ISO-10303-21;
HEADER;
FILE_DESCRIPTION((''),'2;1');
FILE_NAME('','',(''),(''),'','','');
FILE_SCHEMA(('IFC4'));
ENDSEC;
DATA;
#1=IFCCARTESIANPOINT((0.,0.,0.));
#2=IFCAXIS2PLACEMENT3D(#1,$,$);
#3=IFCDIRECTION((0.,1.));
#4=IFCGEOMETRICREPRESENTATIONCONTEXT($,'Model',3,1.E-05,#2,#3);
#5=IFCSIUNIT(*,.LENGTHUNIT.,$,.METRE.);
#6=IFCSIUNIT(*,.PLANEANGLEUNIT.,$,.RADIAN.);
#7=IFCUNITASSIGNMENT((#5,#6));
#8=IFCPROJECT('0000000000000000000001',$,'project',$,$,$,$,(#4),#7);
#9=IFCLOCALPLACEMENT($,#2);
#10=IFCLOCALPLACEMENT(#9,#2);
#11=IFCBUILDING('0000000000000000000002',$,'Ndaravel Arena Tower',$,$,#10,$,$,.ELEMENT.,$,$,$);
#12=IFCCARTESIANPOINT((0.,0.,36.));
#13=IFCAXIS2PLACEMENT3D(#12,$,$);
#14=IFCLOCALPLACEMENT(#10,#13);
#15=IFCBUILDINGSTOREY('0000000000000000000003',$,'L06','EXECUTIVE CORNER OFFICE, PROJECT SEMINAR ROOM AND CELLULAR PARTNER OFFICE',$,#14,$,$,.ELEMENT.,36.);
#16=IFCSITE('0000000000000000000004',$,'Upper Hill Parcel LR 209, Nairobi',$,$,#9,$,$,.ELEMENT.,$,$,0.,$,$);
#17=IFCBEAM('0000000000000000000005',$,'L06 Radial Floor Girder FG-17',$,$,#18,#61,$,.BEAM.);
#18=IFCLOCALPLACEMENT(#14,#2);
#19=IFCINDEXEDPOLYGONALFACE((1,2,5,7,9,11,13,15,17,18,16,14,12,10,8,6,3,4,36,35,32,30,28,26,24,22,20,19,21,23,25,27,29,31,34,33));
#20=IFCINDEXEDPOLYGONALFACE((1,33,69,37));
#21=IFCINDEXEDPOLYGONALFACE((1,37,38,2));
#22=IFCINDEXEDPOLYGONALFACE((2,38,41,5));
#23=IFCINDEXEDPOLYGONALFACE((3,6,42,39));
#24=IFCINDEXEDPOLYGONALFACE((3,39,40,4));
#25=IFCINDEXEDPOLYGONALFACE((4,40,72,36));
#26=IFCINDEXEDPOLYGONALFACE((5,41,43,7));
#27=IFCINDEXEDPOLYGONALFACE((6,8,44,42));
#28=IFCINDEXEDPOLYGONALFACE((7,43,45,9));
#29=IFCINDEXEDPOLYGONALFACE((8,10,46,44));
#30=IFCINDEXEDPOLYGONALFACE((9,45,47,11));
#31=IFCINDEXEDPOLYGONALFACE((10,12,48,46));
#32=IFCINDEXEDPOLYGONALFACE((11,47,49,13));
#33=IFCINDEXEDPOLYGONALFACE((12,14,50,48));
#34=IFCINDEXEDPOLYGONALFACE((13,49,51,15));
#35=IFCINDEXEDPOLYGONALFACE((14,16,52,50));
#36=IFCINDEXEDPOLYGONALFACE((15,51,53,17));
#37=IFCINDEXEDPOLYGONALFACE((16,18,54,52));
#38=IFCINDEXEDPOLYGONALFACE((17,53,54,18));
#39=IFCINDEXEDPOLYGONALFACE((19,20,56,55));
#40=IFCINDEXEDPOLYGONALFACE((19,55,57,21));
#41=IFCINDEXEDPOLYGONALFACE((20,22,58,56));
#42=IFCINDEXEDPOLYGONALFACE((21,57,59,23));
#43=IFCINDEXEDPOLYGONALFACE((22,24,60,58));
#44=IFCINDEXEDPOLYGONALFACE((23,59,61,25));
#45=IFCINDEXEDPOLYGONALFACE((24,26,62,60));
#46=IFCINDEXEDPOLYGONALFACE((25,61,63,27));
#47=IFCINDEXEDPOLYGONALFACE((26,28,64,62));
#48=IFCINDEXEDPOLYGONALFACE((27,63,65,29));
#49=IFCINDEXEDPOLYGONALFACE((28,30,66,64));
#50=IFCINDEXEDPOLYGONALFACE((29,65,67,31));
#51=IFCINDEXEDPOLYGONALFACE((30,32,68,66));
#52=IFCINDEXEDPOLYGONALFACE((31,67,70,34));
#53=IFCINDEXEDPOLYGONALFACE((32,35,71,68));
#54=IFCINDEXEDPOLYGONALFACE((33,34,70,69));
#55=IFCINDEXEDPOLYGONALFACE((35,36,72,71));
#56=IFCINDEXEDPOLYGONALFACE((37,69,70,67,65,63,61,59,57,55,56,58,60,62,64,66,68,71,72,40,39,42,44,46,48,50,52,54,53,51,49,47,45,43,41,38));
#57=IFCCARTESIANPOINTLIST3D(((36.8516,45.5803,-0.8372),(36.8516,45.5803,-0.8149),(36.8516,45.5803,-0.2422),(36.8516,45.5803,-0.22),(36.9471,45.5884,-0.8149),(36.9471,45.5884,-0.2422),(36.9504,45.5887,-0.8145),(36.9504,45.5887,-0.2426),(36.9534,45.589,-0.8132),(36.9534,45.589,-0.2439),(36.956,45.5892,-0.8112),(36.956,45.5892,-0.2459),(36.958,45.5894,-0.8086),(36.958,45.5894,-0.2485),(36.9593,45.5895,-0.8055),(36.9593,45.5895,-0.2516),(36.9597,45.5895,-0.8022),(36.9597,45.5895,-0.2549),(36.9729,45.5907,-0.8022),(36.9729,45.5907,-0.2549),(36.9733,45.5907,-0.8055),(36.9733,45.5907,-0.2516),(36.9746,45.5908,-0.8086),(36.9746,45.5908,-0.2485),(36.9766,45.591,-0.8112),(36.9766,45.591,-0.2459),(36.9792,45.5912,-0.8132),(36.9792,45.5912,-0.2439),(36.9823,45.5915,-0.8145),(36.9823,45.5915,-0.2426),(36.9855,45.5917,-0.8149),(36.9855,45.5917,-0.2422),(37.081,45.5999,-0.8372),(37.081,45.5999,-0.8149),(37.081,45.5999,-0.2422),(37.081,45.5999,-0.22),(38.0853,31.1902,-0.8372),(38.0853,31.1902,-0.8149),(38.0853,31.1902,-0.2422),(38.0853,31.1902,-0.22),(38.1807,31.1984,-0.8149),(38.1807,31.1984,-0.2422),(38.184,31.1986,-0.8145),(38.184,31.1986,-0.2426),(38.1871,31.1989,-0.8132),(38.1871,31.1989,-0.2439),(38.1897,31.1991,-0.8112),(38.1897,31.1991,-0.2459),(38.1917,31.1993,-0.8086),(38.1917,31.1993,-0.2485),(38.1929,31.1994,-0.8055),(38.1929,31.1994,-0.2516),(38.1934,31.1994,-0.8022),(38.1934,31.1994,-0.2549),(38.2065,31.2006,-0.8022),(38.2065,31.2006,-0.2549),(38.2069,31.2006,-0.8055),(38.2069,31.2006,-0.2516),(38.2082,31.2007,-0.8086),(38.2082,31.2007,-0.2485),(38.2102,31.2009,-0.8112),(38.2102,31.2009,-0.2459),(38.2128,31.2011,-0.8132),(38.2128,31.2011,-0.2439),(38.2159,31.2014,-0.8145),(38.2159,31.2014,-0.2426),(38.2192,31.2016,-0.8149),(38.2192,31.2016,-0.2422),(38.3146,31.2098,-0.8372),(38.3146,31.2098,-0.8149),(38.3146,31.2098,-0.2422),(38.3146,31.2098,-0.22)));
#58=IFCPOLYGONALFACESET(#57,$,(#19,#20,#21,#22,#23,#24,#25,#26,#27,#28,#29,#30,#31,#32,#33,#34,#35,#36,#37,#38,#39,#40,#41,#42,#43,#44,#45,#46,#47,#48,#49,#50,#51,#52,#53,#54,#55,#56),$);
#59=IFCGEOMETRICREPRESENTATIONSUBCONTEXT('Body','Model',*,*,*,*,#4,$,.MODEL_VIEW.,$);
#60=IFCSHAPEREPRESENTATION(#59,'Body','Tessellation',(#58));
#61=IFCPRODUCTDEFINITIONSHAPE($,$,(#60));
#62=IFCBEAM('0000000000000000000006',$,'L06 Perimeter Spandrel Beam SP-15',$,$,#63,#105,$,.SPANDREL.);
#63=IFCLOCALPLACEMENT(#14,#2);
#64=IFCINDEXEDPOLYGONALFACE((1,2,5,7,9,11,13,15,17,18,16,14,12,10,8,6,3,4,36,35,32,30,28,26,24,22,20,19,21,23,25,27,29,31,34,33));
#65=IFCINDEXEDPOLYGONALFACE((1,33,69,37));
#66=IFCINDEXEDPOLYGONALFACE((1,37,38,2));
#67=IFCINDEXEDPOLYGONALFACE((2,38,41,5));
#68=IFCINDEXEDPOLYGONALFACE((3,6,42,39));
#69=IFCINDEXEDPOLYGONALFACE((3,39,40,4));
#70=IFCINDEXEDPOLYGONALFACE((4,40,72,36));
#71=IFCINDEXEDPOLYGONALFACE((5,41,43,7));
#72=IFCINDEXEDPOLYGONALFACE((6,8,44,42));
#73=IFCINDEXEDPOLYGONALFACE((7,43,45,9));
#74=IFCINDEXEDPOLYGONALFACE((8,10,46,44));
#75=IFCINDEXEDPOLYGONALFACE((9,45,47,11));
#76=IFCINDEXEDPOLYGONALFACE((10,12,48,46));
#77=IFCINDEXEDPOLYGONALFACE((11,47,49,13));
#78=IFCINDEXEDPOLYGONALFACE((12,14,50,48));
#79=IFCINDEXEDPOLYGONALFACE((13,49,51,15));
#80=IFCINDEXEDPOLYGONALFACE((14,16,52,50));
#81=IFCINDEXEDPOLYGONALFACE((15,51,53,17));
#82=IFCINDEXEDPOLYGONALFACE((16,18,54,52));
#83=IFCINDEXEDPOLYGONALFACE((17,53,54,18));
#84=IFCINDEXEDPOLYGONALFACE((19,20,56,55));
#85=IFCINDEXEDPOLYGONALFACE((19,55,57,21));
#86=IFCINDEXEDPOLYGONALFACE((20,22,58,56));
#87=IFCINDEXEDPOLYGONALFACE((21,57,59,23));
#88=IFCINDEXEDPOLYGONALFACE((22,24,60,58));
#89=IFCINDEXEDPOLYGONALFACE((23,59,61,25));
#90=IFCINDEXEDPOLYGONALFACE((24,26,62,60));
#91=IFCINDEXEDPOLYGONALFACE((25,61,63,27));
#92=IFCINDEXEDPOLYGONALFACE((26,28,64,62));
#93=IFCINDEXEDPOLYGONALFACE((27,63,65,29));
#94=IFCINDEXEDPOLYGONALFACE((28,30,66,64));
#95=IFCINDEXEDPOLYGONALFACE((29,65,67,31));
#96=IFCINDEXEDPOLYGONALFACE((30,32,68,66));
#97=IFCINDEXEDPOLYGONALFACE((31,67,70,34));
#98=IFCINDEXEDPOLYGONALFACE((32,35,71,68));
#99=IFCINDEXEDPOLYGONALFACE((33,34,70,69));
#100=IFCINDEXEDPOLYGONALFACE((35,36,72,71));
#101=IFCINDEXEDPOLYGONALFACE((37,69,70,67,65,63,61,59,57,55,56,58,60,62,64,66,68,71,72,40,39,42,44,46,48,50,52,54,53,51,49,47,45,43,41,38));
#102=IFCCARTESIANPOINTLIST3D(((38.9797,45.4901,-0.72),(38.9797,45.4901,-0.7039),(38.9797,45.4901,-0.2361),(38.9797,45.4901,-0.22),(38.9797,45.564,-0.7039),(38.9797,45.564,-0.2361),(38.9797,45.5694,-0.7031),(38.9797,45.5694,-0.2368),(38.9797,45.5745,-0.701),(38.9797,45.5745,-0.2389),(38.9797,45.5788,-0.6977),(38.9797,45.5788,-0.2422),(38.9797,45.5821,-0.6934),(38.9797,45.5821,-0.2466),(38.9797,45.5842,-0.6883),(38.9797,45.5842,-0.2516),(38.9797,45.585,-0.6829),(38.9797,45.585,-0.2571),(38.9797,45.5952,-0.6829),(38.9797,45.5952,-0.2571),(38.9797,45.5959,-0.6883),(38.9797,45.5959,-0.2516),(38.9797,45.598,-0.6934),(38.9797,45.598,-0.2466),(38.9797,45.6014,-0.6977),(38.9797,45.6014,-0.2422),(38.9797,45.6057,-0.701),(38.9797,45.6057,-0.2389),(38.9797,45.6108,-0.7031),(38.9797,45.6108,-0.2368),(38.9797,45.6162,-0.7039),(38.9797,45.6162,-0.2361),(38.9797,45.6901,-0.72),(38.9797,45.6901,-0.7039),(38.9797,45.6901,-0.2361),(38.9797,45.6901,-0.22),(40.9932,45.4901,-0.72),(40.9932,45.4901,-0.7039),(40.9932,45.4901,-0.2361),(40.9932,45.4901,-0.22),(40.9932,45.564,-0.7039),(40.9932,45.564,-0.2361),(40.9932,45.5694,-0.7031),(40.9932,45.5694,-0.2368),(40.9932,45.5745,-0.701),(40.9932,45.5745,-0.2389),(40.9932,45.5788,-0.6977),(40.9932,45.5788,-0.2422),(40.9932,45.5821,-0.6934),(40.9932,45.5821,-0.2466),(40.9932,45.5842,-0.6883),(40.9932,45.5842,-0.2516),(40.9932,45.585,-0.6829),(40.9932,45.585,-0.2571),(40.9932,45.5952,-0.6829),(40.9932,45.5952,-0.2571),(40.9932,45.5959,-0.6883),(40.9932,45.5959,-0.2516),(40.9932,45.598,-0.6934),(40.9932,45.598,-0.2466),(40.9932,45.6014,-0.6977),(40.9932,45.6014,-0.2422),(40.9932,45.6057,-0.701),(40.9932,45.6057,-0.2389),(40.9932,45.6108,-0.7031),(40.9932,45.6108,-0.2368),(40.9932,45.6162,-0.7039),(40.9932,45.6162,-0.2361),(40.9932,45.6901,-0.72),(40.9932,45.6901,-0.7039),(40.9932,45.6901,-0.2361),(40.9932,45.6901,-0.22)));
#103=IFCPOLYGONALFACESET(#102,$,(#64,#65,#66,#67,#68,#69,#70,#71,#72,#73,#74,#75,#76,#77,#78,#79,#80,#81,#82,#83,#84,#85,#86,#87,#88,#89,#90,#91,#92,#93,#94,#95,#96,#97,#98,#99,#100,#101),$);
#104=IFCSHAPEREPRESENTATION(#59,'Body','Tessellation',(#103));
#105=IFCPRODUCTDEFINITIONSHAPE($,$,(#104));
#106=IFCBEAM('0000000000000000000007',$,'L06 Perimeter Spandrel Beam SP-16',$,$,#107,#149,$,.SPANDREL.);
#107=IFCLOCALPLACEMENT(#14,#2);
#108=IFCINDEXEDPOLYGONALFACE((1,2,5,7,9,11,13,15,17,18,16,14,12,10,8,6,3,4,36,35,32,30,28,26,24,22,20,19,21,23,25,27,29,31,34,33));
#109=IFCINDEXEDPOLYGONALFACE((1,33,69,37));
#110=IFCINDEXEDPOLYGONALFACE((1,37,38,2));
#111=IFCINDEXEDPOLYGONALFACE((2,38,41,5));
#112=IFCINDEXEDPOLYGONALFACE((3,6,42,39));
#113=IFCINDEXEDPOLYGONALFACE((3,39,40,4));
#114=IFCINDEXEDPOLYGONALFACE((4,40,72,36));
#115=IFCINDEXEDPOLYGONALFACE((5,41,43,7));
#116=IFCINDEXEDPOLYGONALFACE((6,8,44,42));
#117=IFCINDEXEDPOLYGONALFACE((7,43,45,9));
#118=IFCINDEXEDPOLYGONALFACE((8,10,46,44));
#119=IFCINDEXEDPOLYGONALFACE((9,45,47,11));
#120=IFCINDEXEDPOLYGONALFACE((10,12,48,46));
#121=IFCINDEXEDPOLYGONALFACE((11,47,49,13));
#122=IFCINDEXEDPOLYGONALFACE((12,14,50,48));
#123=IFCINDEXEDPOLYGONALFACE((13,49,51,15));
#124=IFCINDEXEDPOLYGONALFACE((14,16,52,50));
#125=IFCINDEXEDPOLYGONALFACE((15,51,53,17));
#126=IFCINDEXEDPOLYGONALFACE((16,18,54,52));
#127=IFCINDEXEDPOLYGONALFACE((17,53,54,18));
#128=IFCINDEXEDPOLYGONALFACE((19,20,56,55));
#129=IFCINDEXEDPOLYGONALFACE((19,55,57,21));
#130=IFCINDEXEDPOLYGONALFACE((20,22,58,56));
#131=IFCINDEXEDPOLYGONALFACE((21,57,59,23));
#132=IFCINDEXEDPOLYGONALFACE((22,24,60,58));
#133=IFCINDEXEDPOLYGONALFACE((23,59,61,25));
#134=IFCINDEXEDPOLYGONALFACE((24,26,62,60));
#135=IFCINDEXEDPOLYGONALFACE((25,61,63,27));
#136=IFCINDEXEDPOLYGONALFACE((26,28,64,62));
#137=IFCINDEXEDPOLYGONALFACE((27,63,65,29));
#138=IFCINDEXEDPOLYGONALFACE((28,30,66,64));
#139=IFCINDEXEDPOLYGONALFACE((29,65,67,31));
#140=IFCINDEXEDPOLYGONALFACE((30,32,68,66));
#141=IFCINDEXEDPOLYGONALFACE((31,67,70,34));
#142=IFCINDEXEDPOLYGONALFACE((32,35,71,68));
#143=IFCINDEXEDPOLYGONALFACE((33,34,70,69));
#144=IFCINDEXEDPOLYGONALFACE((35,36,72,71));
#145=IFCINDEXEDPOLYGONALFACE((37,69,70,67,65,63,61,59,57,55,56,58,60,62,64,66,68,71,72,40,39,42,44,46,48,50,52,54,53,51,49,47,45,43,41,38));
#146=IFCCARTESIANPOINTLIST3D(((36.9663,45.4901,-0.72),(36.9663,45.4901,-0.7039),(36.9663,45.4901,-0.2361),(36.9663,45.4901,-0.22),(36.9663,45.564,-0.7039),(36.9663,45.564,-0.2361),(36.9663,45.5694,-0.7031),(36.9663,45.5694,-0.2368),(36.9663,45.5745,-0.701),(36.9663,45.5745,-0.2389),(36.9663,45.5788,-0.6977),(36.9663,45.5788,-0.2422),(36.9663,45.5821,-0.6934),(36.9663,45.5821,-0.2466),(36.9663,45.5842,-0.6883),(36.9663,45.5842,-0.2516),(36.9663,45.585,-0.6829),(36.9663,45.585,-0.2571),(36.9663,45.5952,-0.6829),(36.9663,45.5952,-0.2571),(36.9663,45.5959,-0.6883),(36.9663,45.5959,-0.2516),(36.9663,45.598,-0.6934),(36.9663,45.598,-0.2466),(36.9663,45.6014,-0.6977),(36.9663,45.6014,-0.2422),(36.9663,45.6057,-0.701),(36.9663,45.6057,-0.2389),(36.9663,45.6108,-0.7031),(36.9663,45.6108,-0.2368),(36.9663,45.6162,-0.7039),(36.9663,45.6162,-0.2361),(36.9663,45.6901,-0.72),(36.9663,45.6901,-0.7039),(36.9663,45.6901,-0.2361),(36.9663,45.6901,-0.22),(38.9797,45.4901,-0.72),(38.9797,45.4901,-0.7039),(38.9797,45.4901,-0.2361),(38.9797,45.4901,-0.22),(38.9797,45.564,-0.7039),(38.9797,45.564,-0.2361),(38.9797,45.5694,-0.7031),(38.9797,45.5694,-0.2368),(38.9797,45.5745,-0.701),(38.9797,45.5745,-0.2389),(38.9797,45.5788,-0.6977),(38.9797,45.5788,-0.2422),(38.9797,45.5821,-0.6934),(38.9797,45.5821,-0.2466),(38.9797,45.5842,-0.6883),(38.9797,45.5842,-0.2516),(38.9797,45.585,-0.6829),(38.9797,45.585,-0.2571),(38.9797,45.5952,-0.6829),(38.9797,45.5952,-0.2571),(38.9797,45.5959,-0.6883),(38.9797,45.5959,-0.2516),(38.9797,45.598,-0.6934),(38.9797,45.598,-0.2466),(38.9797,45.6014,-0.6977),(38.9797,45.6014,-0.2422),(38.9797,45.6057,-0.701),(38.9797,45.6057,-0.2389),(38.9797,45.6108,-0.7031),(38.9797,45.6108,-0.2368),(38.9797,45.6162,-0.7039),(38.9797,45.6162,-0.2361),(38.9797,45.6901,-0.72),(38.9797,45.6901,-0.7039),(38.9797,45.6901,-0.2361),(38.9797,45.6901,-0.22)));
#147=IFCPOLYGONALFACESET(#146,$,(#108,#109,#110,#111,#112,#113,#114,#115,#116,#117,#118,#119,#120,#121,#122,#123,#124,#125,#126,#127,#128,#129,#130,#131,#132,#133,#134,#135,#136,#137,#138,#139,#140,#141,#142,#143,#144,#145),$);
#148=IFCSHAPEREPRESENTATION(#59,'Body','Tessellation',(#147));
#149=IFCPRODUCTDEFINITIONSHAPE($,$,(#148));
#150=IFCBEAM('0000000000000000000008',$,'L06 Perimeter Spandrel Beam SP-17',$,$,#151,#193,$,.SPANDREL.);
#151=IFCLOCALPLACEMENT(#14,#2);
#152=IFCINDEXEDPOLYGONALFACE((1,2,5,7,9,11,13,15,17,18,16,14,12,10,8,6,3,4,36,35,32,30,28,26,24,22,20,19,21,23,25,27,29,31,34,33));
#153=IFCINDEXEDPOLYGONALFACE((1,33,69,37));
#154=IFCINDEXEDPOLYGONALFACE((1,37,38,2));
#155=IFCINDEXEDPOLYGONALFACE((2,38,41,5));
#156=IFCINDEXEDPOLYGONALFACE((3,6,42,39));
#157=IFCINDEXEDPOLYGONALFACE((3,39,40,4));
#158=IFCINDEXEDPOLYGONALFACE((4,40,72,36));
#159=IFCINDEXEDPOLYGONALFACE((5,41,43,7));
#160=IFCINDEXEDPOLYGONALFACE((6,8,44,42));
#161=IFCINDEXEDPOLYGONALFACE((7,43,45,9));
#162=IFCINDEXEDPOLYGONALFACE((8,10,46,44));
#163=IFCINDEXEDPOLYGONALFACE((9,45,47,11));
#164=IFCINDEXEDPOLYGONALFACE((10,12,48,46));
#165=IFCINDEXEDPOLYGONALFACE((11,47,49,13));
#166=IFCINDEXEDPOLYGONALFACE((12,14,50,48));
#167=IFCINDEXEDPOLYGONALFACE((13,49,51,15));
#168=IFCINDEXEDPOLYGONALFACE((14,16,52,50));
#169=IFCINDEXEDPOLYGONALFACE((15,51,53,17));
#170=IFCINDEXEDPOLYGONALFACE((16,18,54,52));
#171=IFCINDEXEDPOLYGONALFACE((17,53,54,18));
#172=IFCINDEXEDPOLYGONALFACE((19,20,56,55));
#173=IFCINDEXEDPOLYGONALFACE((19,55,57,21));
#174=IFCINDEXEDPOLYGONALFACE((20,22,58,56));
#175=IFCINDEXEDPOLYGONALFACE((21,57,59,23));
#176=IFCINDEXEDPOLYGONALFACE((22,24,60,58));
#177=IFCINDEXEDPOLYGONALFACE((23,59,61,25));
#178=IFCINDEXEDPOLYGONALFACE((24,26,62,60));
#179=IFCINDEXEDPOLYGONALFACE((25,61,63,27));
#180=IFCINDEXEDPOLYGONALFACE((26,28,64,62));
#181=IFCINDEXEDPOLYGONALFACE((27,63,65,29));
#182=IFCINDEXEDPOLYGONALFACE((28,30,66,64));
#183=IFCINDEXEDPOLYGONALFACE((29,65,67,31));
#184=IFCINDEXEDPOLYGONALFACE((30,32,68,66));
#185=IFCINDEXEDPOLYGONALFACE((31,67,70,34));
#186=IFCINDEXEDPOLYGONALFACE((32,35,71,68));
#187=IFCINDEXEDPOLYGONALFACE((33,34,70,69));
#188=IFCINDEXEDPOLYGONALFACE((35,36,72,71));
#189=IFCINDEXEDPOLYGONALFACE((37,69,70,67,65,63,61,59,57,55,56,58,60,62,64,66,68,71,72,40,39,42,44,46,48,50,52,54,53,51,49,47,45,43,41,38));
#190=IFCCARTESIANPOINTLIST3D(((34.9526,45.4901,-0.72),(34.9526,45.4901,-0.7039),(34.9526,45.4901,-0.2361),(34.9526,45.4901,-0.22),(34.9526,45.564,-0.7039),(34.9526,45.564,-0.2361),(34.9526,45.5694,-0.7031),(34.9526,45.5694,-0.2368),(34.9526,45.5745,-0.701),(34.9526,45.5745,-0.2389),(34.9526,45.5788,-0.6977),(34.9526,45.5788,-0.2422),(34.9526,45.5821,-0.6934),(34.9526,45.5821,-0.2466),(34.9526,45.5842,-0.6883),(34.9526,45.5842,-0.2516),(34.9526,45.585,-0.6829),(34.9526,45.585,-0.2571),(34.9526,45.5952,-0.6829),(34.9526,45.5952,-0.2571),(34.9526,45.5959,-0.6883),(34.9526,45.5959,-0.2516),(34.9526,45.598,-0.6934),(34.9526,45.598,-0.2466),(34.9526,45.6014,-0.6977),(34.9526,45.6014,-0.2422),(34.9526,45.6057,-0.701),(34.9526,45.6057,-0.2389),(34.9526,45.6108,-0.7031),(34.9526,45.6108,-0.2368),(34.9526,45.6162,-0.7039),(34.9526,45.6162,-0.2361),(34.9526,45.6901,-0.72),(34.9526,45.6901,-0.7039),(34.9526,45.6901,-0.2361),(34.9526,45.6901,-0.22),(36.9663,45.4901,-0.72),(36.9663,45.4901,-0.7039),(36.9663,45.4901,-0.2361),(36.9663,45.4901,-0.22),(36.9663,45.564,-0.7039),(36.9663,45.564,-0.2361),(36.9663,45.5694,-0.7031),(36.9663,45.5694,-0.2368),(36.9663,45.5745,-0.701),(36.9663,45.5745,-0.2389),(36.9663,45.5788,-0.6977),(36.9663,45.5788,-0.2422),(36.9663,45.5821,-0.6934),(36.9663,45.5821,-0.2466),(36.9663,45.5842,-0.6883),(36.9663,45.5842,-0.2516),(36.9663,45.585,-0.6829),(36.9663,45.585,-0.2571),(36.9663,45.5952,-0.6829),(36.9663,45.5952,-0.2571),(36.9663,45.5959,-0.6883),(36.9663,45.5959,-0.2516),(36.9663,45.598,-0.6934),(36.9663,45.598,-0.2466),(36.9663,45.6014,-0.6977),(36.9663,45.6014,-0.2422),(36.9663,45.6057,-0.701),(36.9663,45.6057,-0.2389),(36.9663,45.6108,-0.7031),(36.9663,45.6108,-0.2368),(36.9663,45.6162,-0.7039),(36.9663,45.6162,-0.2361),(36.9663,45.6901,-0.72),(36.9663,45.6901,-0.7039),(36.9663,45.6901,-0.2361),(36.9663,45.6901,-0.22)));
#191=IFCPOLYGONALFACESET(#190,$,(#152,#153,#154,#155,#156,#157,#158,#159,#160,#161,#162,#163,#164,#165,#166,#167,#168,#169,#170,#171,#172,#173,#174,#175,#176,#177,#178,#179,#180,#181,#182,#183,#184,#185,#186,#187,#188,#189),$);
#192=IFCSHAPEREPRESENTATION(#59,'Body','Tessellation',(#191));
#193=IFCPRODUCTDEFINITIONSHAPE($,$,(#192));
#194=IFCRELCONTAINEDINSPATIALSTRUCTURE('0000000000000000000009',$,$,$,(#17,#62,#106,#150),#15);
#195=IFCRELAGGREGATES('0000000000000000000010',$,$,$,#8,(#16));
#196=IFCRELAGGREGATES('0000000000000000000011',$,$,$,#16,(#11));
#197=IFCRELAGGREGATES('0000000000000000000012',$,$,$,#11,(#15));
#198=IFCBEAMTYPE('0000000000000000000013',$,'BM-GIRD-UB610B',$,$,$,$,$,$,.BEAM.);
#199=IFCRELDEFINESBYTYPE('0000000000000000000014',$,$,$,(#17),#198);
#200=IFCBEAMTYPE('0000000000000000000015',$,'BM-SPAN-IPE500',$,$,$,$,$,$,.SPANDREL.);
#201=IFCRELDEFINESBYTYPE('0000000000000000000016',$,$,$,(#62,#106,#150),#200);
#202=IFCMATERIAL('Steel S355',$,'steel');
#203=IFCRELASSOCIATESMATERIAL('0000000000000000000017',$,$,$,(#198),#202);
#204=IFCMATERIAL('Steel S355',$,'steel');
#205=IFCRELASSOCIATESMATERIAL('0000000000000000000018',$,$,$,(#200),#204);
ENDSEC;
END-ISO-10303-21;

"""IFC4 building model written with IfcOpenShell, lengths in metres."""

from ifc_helpers import new_model, si_unit, direction, frame, origin, origin_2d, place, context, subcontext, project, spatial, i_section, extrude, material, material_profile, profile_set, type_object, element, save


model = new_model("IFC4")

# Units and contexts
model_context = context("Model", 3, precision=1e-05, world=origin(), true_north=direction((0.0, 1.0)))
body_context = subcontext(model_context, "Body", "Model", "MODEL_VIEW")
ifc_project = project(units=[si_unit("LENGTHUNIT", "METRE"), si_unit("PLANEANGLEUNIT", "RADIAN")], contexts=[model_context])

# Site, building, storey
site_placement = place(None, origin())
site = spatial("IfcSite", under=ifc_project, at=site_placement, Name="Upper Hill Parcel LR 209, Nairobi", CompositionType="ELEMENT", RefElevation=0.0)
building_placement = place(site_placement, origin())
building = spatial("IfcBuilding", under=site, at=building_placement, Name="Ndaravel Arena Tower", CompositionType="ELEMENT")
storey_placement = place(building_placement, frame((0.0, 0.0, 36.0)))
storey = spatial("IfcBuildingStorey", under=building, at=storey_placement, Name="L06", Description="EXECUTIVE CORNER OFFICE, PROJECT SEMINAR ROOM AND CELLULAR PARTNER OFFICE", CompositionType="ELEMENT", Elevation=36.0)

# Beams
ifc_material_1 = material(Name="Steel S355", Category="steel")
ifc_material_profile_1 = material_profile(ifc_material_1, i_section(OverallWidth=0.2302, OverallDepth=0.6172, WebThickness=0.0132, FlangeThickness=0.0222, FilletRadius=0.0127, at=origin_2d()), Name="UB 610x229x140")
ifc_profile_set_1 = profile_set([ifc_material_profile_1], Name="Steel S355")
beam_type_1 = type_object("IfcBeamType", Name="BM-GIRD-UB610B", PredefinedType="BEAM", material=ifc_profile_set_1)
beam_1_placement = place(storey_placement, frame((36.9663, 45.5901, -0.5286), z_axis=(0.085415, -0.996345, 0.0), x_axis=(0.996345, 0.085415, 0.0)))
element("IfcBeam", 1, at=beam_1_placement, inside=storey, type_object=beam_type_1, Name="L06 Radial Floor Girder FG-17", PredefinedType="BEAM", context=body_context, shape_type="SweptSolid", body=[
    extrude(i_section(OverallWidth=0.2302, OverallDepth=0.6172, WebThickness=0.0132, FlangeThickness=0.0222, FilletRadius=0.0127, at=origin_2d()), origin(), (0.0, 0.0, 1.0), 14.4429),
])
ifc_material_2 = material(Name="Steel S355", Category="steel")
ifc_material_profile_2 = material_profile(ifc_material_2, i_section(OverallWidth=0.2, OverallDepth=0.5, WebThickness=0.0103, FlangeThickness=0.0161, FilletRadius=0.021, at=origin_2d()), Name="IPE 500")
ifc_profile_set_2 = profile_set([ifc_material_profile_2], Name="Steel S355")
beam_type_2 = type_object("IfcBeamType", Name="BM-SPAN-IPE500", PredefinedType="SPANDREL", material=ifc_profile_set_2)
for number, where, z_axis, x_axis, name in (
    (2, (40.9932, 45.5901, -0.47), (-1.0, 0.0, 0.0), (0.0, -1.0, 0.0), "L06 Perimeter Spandrel Beam SP-15"),
    (3, (38.9797, 45.5901, -0.47), (-1.0, 0.0, 0.0), (0.0, -1.0, 0.0), "L06 Perimeter Spandrel Beam SP-16"),
):
    element("IfcBeam", number, at=place(storey_placement, frame(where, z_axis=z_axis, x_axis=x_axis)), inside=storey, type_object=beam_type_2, Name=name, PredefinedType="SPANDREL", context=body_context, shape_type="SweptSolid", body=[
        extrude(i_section(OverallWidth=0.2, OverallDepth=0.5, WebThickness=0.0103, FlangeThickness=0.0161, FilletRadius=0.021, at=origin_2d()), origin(), (0.0, 0.0, 1.0), 2.0134),
    ])
beam_2_placement = place(storey_placement, frame((36.9663, 45.5901, -0.47), z_axis=(-1.0, 0.0, 0.0), x_axis=(0.0, -1.0, 0.0)))
element("IfcBeam", 4, at=beam_2_placement, inside=storey, type_object=beam_type_2, Name="L06 Perimeter Spandrel Beam SP-17", PredefinedType="SPANDREL", context=body_context, shape_type="SweptSolid", body=[
    extrude(i_section(OverallWidth=0.2, OverallDepth=0.5, WebThickness=0.0103, FlangeThickness=0.0161, FilletRadius=0.021, at=origin_2d()), origin(), (0.0, 0.0, 1.0), 2.0137),
])

save(model, "model.ifc")
